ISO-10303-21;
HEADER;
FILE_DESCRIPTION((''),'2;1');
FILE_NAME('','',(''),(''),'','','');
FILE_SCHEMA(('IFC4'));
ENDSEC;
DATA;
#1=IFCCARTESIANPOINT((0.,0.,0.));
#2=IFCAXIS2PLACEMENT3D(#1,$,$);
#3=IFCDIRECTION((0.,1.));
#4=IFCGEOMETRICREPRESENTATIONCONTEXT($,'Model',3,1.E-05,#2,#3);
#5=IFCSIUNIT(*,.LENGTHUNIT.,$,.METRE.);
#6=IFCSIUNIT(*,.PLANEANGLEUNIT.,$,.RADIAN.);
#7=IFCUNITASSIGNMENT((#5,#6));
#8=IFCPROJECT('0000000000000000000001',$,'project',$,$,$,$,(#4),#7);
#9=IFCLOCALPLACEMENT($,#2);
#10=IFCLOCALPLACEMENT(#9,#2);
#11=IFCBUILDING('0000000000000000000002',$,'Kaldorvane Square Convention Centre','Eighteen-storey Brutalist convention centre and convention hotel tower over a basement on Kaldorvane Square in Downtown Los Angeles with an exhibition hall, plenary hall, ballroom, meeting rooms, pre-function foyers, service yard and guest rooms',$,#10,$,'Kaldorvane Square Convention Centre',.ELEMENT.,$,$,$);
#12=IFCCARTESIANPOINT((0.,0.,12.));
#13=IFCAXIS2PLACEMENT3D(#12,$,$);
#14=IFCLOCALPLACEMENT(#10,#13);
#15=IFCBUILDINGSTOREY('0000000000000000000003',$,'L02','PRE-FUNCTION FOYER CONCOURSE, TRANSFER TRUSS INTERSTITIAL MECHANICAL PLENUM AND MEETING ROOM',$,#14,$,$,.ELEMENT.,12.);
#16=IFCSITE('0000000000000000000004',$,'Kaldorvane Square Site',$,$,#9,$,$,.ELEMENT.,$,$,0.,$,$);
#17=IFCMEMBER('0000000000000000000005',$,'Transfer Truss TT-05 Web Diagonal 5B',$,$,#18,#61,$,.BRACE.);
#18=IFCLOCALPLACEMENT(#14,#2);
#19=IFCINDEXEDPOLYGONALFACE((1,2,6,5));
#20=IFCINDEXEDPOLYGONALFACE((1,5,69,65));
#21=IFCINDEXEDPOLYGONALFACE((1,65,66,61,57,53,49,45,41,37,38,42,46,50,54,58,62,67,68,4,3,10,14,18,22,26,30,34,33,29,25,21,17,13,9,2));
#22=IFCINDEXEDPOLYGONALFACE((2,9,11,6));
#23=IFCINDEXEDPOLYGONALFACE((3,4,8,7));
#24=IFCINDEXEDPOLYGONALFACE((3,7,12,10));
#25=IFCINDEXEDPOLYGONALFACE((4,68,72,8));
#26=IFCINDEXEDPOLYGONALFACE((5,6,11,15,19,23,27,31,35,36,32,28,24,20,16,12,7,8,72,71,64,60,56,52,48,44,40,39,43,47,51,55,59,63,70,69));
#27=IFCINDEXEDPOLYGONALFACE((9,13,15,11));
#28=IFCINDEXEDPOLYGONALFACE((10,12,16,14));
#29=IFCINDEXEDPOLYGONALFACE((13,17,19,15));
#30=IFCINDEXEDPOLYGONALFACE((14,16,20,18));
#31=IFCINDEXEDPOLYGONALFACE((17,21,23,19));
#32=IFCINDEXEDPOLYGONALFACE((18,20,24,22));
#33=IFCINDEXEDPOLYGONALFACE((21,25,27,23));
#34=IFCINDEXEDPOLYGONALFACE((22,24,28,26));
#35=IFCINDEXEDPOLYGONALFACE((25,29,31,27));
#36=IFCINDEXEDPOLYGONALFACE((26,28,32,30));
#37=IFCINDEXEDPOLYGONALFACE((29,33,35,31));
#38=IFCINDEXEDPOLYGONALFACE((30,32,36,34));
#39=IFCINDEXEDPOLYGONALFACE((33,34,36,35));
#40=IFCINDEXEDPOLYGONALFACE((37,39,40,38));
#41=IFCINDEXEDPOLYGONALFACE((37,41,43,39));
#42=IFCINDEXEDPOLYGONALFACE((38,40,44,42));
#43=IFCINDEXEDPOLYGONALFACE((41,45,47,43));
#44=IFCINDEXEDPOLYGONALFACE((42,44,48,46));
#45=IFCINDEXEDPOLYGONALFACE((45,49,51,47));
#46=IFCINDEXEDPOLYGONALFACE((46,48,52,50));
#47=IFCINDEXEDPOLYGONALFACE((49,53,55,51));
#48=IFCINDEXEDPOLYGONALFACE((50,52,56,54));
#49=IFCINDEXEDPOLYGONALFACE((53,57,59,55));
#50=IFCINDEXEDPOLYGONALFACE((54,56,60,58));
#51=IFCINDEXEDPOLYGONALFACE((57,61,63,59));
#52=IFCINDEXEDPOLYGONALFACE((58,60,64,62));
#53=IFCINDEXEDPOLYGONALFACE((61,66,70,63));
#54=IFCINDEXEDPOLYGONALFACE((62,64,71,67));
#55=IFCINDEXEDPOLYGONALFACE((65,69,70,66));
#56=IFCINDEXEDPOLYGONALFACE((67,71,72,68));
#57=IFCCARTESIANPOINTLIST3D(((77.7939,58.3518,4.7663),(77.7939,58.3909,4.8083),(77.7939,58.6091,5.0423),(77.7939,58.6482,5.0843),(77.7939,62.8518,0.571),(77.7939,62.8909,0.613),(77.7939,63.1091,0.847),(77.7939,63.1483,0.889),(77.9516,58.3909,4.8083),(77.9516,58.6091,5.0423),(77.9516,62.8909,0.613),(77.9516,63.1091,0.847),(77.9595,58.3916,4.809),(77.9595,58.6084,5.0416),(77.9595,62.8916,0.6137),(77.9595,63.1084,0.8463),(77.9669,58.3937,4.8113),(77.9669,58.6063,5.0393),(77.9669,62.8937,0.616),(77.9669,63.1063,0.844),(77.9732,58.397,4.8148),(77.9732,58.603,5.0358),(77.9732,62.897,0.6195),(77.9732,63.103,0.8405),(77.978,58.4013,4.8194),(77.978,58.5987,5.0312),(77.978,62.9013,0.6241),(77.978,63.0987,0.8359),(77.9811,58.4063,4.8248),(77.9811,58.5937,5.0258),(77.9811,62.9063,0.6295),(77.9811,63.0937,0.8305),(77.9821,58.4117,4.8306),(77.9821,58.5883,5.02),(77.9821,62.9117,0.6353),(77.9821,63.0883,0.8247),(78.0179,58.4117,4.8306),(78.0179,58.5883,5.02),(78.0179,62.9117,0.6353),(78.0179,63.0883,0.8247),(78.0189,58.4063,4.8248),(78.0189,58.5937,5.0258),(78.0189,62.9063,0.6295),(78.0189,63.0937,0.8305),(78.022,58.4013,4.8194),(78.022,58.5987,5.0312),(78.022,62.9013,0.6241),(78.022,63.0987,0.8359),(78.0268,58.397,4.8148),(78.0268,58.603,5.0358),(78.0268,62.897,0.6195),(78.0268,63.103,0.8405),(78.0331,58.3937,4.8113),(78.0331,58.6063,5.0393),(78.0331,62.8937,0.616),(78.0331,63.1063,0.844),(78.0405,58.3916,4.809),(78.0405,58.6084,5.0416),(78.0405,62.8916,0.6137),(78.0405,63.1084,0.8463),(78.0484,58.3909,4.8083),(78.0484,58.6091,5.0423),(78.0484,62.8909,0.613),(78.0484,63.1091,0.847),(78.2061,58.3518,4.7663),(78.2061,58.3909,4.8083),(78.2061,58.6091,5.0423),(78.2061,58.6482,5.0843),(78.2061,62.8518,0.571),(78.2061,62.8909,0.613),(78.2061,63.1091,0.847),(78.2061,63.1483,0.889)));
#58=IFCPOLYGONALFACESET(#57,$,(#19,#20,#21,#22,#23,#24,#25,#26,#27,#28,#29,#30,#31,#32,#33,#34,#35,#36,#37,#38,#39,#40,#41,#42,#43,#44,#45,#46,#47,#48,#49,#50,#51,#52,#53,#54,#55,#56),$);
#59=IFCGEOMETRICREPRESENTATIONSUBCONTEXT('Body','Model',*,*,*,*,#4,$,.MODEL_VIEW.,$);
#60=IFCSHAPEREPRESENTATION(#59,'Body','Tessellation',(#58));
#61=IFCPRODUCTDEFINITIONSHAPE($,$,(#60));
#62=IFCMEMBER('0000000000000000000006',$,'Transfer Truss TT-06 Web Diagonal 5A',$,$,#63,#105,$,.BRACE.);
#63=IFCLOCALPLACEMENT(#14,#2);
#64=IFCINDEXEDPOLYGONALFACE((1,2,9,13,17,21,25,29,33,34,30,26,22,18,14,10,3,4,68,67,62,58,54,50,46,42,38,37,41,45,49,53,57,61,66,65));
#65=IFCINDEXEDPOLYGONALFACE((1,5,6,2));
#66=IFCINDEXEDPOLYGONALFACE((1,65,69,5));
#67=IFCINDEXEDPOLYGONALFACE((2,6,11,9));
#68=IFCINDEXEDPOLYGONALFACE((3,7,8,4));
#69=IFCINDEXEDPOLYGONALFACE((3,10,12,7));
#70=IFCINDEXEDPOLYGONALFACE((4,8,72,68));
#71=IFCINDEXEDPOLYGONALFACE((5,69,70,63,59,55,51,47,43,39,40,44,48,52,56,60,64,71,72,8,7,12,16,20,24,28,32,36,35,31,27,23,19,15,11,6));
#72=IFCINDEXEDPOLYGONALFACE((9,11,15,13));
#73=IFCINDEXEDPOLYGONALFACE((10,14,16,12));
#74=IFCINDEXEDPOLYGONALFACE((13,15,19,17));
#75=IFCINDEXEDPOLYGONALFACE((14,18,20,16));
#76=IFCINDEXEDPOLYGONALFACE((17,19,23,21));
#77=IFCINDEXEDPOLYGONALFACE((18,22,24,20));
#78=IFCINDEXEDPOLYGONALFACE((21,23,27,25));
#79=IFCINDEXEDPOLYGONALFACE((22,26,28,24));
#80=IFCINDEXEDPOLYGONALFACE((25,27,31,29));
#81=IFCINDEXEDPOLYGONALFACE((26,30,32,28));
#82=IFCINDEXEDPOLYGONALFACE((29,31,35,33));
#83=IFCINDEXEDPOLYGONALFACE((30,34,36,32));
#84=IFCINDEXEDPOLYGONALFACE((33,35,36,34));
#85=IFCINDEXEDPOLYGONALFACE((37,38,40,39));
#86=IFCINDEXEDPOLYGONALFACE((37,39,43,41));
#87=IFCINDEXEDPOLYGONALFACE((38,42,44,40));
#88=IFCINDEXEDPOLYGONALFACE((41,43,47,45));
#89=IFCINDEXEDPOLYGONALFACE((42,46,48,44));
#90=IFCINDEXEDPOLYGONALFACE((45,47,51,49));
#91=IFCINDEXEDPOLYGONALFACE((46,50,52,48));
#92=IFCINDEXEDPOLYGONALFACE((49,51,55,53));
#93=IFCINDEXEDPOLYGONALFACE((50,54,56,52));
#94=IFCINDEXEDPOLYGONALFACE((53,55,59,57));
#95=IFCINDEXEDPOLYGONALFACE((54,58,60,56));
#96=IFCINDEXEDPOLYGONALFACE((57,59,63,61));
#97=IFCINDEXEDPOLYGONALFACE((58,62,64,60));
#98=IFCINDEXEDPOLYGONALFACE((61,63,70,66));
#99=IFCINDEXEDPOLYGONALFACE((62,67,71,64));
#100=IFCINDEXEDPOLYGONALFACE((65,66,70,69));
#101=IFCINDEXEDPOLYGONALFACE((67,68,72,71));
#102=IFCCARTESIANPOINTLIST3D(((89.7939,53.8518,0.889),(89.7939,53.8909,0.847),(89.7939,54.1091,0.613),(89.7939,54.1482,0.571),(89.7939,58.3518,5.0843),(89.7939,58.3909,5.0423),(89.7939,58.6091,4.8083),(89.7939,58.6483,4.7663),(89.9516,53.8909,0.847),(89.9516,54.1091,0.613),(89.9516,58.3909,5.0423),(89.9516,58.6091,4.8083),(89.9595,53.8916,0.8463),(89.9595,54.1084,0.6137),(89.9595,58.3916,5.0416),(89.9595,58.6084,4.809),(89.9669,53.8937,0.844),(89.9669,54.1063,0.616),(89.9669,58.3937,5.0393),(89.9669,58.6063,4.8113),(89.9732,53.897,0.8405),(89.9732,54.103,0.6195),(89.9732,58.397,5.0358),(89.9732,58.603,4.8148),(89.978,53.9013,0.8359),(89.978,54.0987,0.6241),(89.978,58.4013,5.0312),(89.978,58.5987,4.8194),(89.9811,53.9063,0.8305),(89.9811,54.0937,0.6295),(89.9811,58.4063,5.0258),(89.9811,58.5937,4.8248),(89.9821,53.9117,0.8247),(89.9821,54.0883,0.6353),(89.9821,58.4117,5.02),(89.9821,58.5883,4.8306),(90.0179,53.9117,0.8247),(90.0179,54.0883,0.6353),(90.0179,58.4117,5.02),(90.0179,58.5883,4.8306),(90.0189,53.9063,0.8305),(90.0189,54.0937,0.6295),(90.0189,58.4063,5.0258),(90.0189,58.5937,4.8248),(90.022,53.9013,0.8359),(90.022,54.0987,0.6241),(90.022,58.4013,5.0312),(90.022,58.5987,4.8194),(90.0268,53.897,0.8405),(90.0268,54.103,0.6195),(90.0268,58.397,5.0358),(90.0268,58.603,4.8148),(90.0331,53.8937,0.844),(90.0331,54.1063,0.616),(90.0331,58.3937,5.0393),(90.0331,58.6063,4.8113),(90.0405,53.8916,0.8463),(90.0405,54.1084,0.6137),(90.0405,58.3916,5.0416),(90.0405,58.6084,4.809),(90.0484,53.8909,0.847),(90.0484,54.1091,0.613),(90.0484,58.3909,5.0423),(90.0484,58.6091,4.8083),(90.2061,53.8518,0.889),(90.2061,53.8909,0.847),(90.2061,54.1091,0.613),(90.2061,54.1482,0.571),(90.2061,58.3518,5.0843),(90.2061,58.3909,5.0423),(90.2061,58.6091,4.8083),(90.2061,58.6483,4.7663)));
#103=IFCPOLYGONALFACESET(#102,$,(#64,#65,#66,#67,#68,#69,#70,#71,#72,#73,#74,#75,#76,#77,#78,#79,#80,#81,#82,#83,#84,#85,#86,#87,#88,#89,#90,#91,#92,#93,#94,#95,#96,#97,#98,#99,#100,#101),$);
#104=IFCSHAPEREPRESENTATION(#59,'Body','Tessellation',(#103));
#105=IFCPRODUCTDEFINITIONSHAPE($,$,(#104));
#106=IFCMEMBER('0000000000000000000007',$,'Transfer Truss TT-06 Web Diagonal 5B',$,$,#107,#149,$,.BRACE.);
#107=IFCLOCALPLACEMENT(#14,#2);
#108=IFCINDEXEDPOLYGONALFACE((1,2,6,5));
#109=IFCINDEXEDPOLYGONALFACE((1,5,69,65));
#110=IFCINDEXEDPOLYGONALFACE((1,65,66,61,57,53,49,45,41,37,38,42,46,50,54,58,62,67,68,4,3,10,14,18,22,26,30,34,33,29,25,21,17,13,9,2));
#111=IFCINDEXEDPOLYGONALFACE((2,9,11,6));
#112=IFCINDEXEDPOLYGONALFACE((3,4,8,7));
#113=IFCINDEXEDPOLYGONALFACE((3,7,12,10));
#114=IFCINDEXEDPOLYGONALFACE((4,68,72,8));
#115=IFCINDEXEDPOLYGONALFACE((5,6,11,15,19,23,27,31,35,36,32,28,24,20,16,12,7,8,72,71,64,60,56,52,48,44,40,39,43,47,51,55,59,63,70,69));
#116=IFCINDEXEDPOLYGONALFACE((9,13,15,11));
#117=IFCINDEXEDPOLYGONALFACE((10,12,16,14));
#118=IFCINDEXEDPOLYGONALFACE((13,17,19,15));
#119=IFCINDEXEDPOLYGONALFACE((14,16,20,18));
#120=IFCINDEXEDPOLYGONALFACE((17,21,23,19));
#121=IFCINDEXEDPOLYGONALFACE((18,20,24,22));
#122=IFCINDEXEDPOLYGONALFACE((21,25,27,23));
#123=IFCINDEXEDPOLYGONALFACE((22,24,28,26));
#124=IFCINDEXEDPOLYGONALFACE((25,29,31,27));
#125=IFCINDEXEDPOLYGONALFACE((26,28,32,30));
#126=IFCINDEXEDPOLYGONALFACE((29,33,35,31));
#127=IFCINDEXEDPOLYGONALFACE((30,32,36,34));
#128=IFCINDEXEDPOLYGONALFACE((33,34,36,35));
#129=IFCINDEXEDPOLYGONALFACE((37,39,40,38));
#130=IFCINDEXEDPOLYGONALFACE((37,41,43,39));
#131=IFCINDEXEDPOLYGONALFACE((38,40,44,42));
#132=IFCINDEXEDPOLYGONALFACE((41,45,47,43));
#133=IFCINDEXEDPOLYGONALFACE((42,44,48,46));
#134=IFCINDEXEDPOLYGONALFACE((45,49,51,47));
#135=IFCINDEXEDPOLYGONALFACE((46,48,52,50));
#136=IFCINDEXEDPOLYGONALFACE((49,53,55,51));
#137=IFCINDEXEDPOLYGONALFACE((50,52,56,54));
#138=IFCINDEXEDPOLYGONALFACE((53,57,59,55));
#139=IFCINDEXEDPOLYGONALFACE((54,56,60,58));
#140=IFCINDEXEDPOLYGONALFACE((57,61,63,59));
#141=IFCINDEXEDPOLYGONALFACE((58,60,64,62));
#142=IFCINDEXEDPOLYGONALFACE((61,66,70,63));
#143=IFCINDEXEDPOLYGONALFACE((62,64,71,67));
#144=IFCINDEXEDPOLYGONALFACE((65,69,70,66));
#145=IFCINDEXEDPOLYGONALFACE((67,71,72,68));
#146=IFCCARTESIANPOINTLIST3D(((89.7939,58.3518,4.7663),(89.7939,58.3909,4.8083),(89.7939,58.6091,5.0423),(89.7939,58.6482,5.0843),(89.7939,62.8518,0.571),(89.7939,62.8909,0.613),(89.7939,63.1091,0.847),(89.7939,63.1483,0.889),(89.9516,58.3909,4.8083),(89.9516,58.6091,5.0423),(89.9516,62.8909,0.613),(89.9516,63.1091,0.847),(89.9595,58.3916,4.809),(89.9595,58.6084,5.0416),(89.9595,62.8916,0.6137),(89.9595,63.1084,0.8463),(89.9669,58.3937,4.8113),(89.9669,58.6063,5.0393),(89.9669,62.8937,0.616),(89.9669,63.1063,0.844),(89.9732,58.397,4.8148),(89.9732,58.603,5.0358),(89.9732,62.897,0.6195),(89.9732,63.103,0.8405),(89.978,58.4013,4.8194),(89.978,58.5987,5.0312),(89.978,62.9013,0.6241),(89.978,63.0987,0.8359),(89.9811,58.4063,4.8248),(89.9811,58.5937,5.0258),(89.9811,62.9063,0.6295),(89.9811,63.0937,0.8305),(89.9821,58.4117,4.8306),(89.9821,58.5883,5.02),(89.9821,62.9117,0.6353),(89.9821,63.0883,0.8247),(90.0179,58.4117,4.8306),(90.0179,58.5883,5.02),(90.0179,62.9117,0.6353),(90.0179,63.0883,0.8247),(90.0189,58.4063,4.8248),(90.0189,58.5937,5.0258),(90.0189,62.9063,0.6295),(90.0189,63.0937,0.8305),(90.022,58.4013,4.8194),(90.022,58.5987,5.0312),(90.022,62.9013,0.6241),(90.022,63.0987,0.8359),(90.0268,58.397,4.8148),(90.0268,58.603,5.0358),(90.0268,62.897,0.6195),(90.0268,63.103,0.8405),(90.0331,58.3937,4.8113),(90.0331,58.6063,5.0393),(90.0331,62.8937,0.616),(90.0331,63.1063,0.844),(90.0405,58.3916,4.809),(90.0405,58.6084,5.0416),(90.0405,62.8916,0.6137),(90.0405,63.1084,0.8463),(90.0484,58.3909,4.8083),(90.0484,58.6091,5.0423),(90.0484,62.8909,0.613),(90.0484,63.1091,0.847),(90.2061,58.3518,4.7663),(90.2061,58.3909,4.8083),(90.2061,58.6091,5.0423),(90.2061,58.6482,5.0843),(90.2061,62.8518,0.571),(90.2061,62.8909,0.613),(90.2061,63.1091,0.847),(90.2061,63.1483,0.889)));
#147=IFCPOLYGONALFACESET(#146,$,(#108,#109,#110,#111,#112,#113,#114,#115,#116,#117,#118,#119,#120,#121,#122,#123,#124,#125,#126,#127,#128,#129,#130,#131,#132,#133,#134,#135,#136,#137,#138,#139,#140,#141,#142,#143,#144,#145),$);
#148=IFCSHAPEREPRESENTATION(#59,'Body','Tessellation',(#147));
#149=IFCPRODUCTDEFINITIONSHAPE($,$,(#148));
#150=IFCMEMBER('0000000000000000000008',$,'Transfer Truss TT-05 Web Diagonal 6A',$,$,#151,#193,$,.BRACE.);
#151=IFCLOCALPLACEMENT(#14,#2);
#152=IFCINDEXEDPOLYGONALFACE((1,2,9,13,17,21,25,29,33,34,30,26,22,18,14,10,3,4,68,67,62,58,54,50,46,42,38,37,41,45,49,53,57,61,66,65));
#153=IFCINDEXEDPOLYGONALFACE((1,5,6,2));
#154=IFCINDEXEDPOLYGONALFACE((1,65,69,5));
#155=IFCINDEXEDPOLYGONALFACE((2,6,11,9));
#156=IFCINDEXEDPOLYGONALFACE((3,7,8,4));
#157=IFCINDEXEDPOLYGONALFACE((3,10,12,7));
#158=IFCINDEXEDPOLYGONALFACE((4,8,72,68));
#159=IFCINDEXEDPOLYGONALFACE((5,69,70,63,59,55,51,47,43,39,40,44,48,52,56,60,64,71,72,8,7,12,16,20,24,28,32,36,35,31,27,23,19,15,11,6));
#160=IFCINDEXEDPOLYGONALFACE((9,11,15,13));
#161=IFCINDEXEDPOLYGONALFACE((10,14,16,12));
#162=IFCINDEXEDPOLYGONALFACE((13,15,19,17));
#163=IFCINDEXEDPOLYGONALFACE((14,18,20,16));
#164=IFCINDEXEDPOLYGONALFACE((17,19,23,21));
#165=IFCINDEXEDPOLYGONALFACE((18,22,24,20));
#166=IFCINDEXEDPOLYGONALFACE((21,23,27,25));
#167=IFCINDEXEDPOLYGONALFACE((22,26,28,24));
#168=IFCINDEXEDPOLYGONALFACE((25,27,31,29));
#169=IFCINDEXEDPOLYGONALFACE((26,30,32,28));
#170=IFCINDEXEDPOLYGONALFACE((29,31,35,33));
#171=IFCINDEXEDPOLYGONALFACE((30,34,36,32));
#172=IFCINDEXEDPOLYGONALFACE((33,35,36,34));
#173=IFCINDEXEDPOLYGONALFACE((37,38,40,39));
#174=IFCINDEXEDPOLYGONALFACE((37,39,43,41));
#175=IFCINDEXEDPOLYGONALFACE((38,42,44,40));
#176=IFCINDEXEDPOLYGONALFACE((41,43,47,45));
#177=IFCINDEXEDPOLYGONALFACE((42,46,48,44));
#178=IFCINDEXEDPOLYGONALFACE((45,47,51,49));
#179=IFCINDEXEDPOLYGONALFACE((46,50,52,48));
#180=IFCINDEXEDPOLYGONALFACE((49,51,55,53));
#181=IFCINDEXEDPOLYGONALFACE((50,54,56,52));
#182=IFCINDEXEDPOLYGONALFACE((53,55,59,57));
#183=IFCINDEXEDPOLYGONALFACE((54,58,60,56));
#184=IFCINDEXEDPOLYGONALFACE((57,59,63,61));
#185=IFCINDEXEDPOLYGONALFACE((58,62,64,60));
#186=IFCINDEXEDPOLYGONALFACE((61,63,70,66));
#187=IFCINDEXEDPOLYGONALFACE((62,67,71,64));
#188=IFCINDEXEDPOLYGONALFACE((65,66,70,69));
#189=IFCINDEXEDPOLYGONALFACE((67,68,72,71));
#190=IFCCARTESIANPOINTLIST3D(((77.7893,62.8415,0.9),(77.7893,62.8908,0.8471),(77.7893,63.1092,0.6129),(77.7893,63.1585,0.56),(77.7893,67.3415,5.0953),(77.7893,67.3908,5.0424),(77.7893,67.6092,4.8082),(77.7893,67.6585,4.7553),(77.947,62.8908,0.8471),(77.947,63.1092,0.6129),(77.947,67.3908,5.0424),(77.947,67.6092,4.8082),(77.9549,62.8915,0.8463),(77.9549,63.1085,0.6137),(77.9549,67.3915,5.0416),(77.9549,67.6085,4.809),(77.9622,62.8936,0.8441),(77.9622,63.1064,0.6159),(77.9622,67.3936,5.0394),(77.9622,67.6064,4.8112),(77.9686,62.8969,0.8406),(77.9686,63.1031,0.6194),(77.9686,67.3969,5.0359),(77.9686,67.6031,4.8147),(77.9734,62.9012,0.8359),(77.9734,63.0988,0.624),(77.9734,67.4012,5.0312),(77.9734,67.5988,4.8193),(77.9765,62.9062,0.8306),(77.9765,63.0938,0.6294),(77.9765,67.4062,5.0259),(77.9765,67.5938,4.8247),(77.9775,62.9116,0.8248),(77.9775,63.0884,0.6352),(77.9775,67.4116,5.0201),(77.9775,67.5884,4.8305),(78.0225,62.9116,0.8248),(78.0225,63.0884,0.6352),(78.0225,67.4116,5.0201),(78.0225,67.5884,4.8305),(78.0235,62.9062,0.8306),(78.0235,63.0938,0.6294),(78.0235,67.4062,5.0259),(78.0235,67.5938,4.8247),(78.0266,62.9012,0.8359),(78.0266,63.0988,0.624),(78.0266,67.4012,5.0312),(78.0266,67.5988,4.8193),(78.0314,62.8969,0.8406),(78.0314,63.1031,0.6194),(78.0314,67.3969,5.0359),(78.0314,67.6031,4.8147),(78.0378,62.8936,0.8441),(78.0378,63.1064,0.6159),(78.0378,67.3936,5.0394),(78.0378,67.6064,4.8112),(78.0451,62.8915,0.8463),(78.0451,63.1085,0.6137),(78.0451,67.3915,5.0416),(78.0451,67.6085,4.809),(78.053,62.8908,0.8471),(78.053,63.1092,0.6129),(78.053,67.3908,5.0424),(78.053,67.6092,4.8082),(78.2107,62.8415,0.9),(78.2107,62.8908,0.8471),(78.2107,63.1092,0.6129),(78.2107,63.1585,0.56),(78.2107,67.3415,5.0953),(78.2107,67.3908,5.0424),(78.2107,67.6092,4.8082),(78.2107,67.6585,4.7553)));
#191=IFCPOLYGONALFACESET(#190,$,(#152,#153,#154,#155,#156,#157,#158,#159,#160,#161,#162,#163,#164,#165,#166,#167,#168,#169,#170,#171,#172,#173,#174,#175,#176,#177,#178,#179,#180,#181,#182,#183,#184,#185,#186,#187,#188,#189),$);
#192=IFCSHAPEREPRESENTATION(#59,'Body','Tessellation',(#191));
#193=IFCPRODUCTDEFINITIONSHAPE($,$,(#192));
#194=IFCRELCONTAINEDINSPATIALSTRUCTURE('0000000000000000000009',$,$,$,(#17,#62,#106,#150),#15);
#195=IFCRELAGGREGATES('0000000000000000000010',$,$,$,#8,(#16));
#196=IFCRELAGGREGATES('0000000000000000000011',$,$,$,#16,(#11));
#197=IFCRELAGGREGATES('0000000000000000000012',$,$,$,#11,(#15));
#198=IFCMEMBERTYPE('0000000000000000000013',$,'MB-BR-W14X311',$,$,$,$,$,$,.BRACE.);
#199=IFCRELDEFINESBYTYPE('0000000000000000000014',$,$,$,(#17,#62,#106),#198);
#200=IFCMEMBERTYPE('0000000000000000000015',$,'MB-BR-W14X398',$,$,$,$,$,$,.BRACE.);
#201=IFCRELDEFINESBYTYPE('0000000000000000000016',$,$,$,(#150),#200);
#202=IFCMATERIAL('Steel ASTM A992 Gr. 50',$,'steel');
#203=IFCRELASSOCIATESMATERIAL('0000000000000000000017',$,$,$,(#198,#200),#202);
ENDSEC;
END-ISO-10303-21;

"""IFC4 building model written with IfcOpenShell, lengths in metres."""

from ifc_helpers import new_model, si_unit, direction, frame, origin, origin_2d, place, context, subcontext, project, spatial, i_section, extrude, material, material_profile, profile_set, type_object, element, save


model = new_model("IFC4")

# Units and contexts
model_context = context("Model", 3, precision=1e-05, world=origin(), true_north=direction((0.0, 1.0)))
body_context = subcontext(model_context, "Body", "Model", "MODEL_VIEW")
ifc_project = project(units=[si_unit("LENGTHUNIT", "METRE"), si_unit("PLANEANGLEUNIT", "RADIAN")], contexts=[model_context])

# Site, building, storey
site_placement = place(None, origin())
site = spatial("IfcSite", under=ifc_project, at=site_placement, Name="Kaldorvane Square Site", CompositionType="ELEMENT", RefElevation=0.0)
building_placement = place(site_placement, origin())
building = spatial("IfcBuilding", under=site, at=building_placement, Name="Kaldorvane Square Convention Centre", Description="Eighteen-storey Brutalist convention centre and convention hotel tower over a basement on Kaldorvane Square in Downtown Los Angeles with an exhibition hall, plenary hall, ballroom, meeting rooms, pre-function foyers, service yard and guest rooms", LongName="Kaldorvane Square Convention Centre", CompositionType="ELEMENT")
storey_placement = place(building_placement, frame((0.0, 0.0, 12.0)))
storey = spatial("IfcBuildingStorey", under=building, at=storey_placement, Name="L02", Description="PRE-FUNCTION FOYER CONCOURSE, TRANSFER TRUSS INTERSTITIAL MECHANICAL PLENUM AND MEETING ROOM", CompositionType="ELEMENT", Elevation=12.0)

# Shared definitions
ifc_material = material(Name="Steel ASTM A992 Gr. 50", Category="steel")

# Members
ifc_material_profile_1 = material_profile(ifc_material, i_section(OverallWidth=0.4122, OverallDepth=0.4348, WebThickness=0.0358, FlangeThickness=0.0574, FilletRadius=0.0305, at=origin_2d()), Name="W14X311")
ifc_profile_set_1 = profile_set([ifc_material_profile_1], Name="Steel ASTM A992 Gr. 50")
member_type_1 = type_object("IfcMemberType", Name="MB-BR-W14X311", PredefinedType="BRACE", material=ifc_profile_set_1)
for number, where, z_axis, x_axis, name in (
    (1, (78.0, 58.5, 4.9253), (0.0, 0.731436, -0.68191), (-1.0, 0.0, 0.0), "Transfer Truss TT-05 Web Diagonal 5B"),
    (2, (90.0, 54.0, 0.73), (0.0, 0.731436, 0.68191), (-1.0, 0.0, 0.0), "Transfer Truss TT-06 Web Diagonal 5A"),
    (3, (90.0, 58.5, 4.9253), (0.0, 0.731436, -0.68191), (-1.0, 0.0, 0.0), "Transfer Truss TT-06 Web Diagonal 5B"),
):
    element("IfcMember", number, at=place(storey_placement, frame(where, z_axis=z_axis, x_axis=x_axis)), inside=storey, type_object=member_type_1, Name=name, PredefinedType="BRACE", context=body_context, shape_type="SweptSolid", body=[
        extrude(i_section(OverallWidth=0.4122, OverallDepth=0.4348, WebThickness=0.0358, FlangeThickness=0.0574, FilletRadius=0.0305, at=origin_2d()), origin(), (0.0, 0.0, 1.0), 6.1523),
    ])
ifc_material_profile_2 = material_profile(ifc_material, i_section(OverallWidth=0.4214, OverallDepth=0.4648, WebThickness=0.045, FlangeThickness=0.0723, FilletRadius=0.0305, at=origin_2d()), Name="W14X398")
ifc_profile_set_2 = profile_set([ifc_material_profile_2], Name="Steel ASTM A992 Gr. 50")
member_type_2 = type_object("IfcMemberType", Name="MB-BR-W14X398", PredefinedType="BRACE", material=ifc_profile_set_2)
for number, where, z_axis, x_axis, name in (
    (4, (78.0, 63.0, 0.73), (0.0, 0.731436, 0.68191), (-1.0, 0.0, 0.0), "Transfer Truss TT-05 Web Diagonal 6A"),
):
    element("IfcMember", number, at=place(storey_placement, frame(where, z_axis=z_axis, x_axis=x_axis)), inside=storey, type_object=member_type_2, Name=name, PredefinedType="BRACE", context=body_context, shape_type="SweptSolid", body=[
        extrude(i_section(OverallWidth=0.4214, OverallDepth=0.4648, WebThickness=0.045, FlangeThickness=0.0723, FilletRadius=0.0305, at=origin_2d()), origin(), (0.0, 0.0, 1.0), 6.1523),
    ])

save(model, "model.ifc")
